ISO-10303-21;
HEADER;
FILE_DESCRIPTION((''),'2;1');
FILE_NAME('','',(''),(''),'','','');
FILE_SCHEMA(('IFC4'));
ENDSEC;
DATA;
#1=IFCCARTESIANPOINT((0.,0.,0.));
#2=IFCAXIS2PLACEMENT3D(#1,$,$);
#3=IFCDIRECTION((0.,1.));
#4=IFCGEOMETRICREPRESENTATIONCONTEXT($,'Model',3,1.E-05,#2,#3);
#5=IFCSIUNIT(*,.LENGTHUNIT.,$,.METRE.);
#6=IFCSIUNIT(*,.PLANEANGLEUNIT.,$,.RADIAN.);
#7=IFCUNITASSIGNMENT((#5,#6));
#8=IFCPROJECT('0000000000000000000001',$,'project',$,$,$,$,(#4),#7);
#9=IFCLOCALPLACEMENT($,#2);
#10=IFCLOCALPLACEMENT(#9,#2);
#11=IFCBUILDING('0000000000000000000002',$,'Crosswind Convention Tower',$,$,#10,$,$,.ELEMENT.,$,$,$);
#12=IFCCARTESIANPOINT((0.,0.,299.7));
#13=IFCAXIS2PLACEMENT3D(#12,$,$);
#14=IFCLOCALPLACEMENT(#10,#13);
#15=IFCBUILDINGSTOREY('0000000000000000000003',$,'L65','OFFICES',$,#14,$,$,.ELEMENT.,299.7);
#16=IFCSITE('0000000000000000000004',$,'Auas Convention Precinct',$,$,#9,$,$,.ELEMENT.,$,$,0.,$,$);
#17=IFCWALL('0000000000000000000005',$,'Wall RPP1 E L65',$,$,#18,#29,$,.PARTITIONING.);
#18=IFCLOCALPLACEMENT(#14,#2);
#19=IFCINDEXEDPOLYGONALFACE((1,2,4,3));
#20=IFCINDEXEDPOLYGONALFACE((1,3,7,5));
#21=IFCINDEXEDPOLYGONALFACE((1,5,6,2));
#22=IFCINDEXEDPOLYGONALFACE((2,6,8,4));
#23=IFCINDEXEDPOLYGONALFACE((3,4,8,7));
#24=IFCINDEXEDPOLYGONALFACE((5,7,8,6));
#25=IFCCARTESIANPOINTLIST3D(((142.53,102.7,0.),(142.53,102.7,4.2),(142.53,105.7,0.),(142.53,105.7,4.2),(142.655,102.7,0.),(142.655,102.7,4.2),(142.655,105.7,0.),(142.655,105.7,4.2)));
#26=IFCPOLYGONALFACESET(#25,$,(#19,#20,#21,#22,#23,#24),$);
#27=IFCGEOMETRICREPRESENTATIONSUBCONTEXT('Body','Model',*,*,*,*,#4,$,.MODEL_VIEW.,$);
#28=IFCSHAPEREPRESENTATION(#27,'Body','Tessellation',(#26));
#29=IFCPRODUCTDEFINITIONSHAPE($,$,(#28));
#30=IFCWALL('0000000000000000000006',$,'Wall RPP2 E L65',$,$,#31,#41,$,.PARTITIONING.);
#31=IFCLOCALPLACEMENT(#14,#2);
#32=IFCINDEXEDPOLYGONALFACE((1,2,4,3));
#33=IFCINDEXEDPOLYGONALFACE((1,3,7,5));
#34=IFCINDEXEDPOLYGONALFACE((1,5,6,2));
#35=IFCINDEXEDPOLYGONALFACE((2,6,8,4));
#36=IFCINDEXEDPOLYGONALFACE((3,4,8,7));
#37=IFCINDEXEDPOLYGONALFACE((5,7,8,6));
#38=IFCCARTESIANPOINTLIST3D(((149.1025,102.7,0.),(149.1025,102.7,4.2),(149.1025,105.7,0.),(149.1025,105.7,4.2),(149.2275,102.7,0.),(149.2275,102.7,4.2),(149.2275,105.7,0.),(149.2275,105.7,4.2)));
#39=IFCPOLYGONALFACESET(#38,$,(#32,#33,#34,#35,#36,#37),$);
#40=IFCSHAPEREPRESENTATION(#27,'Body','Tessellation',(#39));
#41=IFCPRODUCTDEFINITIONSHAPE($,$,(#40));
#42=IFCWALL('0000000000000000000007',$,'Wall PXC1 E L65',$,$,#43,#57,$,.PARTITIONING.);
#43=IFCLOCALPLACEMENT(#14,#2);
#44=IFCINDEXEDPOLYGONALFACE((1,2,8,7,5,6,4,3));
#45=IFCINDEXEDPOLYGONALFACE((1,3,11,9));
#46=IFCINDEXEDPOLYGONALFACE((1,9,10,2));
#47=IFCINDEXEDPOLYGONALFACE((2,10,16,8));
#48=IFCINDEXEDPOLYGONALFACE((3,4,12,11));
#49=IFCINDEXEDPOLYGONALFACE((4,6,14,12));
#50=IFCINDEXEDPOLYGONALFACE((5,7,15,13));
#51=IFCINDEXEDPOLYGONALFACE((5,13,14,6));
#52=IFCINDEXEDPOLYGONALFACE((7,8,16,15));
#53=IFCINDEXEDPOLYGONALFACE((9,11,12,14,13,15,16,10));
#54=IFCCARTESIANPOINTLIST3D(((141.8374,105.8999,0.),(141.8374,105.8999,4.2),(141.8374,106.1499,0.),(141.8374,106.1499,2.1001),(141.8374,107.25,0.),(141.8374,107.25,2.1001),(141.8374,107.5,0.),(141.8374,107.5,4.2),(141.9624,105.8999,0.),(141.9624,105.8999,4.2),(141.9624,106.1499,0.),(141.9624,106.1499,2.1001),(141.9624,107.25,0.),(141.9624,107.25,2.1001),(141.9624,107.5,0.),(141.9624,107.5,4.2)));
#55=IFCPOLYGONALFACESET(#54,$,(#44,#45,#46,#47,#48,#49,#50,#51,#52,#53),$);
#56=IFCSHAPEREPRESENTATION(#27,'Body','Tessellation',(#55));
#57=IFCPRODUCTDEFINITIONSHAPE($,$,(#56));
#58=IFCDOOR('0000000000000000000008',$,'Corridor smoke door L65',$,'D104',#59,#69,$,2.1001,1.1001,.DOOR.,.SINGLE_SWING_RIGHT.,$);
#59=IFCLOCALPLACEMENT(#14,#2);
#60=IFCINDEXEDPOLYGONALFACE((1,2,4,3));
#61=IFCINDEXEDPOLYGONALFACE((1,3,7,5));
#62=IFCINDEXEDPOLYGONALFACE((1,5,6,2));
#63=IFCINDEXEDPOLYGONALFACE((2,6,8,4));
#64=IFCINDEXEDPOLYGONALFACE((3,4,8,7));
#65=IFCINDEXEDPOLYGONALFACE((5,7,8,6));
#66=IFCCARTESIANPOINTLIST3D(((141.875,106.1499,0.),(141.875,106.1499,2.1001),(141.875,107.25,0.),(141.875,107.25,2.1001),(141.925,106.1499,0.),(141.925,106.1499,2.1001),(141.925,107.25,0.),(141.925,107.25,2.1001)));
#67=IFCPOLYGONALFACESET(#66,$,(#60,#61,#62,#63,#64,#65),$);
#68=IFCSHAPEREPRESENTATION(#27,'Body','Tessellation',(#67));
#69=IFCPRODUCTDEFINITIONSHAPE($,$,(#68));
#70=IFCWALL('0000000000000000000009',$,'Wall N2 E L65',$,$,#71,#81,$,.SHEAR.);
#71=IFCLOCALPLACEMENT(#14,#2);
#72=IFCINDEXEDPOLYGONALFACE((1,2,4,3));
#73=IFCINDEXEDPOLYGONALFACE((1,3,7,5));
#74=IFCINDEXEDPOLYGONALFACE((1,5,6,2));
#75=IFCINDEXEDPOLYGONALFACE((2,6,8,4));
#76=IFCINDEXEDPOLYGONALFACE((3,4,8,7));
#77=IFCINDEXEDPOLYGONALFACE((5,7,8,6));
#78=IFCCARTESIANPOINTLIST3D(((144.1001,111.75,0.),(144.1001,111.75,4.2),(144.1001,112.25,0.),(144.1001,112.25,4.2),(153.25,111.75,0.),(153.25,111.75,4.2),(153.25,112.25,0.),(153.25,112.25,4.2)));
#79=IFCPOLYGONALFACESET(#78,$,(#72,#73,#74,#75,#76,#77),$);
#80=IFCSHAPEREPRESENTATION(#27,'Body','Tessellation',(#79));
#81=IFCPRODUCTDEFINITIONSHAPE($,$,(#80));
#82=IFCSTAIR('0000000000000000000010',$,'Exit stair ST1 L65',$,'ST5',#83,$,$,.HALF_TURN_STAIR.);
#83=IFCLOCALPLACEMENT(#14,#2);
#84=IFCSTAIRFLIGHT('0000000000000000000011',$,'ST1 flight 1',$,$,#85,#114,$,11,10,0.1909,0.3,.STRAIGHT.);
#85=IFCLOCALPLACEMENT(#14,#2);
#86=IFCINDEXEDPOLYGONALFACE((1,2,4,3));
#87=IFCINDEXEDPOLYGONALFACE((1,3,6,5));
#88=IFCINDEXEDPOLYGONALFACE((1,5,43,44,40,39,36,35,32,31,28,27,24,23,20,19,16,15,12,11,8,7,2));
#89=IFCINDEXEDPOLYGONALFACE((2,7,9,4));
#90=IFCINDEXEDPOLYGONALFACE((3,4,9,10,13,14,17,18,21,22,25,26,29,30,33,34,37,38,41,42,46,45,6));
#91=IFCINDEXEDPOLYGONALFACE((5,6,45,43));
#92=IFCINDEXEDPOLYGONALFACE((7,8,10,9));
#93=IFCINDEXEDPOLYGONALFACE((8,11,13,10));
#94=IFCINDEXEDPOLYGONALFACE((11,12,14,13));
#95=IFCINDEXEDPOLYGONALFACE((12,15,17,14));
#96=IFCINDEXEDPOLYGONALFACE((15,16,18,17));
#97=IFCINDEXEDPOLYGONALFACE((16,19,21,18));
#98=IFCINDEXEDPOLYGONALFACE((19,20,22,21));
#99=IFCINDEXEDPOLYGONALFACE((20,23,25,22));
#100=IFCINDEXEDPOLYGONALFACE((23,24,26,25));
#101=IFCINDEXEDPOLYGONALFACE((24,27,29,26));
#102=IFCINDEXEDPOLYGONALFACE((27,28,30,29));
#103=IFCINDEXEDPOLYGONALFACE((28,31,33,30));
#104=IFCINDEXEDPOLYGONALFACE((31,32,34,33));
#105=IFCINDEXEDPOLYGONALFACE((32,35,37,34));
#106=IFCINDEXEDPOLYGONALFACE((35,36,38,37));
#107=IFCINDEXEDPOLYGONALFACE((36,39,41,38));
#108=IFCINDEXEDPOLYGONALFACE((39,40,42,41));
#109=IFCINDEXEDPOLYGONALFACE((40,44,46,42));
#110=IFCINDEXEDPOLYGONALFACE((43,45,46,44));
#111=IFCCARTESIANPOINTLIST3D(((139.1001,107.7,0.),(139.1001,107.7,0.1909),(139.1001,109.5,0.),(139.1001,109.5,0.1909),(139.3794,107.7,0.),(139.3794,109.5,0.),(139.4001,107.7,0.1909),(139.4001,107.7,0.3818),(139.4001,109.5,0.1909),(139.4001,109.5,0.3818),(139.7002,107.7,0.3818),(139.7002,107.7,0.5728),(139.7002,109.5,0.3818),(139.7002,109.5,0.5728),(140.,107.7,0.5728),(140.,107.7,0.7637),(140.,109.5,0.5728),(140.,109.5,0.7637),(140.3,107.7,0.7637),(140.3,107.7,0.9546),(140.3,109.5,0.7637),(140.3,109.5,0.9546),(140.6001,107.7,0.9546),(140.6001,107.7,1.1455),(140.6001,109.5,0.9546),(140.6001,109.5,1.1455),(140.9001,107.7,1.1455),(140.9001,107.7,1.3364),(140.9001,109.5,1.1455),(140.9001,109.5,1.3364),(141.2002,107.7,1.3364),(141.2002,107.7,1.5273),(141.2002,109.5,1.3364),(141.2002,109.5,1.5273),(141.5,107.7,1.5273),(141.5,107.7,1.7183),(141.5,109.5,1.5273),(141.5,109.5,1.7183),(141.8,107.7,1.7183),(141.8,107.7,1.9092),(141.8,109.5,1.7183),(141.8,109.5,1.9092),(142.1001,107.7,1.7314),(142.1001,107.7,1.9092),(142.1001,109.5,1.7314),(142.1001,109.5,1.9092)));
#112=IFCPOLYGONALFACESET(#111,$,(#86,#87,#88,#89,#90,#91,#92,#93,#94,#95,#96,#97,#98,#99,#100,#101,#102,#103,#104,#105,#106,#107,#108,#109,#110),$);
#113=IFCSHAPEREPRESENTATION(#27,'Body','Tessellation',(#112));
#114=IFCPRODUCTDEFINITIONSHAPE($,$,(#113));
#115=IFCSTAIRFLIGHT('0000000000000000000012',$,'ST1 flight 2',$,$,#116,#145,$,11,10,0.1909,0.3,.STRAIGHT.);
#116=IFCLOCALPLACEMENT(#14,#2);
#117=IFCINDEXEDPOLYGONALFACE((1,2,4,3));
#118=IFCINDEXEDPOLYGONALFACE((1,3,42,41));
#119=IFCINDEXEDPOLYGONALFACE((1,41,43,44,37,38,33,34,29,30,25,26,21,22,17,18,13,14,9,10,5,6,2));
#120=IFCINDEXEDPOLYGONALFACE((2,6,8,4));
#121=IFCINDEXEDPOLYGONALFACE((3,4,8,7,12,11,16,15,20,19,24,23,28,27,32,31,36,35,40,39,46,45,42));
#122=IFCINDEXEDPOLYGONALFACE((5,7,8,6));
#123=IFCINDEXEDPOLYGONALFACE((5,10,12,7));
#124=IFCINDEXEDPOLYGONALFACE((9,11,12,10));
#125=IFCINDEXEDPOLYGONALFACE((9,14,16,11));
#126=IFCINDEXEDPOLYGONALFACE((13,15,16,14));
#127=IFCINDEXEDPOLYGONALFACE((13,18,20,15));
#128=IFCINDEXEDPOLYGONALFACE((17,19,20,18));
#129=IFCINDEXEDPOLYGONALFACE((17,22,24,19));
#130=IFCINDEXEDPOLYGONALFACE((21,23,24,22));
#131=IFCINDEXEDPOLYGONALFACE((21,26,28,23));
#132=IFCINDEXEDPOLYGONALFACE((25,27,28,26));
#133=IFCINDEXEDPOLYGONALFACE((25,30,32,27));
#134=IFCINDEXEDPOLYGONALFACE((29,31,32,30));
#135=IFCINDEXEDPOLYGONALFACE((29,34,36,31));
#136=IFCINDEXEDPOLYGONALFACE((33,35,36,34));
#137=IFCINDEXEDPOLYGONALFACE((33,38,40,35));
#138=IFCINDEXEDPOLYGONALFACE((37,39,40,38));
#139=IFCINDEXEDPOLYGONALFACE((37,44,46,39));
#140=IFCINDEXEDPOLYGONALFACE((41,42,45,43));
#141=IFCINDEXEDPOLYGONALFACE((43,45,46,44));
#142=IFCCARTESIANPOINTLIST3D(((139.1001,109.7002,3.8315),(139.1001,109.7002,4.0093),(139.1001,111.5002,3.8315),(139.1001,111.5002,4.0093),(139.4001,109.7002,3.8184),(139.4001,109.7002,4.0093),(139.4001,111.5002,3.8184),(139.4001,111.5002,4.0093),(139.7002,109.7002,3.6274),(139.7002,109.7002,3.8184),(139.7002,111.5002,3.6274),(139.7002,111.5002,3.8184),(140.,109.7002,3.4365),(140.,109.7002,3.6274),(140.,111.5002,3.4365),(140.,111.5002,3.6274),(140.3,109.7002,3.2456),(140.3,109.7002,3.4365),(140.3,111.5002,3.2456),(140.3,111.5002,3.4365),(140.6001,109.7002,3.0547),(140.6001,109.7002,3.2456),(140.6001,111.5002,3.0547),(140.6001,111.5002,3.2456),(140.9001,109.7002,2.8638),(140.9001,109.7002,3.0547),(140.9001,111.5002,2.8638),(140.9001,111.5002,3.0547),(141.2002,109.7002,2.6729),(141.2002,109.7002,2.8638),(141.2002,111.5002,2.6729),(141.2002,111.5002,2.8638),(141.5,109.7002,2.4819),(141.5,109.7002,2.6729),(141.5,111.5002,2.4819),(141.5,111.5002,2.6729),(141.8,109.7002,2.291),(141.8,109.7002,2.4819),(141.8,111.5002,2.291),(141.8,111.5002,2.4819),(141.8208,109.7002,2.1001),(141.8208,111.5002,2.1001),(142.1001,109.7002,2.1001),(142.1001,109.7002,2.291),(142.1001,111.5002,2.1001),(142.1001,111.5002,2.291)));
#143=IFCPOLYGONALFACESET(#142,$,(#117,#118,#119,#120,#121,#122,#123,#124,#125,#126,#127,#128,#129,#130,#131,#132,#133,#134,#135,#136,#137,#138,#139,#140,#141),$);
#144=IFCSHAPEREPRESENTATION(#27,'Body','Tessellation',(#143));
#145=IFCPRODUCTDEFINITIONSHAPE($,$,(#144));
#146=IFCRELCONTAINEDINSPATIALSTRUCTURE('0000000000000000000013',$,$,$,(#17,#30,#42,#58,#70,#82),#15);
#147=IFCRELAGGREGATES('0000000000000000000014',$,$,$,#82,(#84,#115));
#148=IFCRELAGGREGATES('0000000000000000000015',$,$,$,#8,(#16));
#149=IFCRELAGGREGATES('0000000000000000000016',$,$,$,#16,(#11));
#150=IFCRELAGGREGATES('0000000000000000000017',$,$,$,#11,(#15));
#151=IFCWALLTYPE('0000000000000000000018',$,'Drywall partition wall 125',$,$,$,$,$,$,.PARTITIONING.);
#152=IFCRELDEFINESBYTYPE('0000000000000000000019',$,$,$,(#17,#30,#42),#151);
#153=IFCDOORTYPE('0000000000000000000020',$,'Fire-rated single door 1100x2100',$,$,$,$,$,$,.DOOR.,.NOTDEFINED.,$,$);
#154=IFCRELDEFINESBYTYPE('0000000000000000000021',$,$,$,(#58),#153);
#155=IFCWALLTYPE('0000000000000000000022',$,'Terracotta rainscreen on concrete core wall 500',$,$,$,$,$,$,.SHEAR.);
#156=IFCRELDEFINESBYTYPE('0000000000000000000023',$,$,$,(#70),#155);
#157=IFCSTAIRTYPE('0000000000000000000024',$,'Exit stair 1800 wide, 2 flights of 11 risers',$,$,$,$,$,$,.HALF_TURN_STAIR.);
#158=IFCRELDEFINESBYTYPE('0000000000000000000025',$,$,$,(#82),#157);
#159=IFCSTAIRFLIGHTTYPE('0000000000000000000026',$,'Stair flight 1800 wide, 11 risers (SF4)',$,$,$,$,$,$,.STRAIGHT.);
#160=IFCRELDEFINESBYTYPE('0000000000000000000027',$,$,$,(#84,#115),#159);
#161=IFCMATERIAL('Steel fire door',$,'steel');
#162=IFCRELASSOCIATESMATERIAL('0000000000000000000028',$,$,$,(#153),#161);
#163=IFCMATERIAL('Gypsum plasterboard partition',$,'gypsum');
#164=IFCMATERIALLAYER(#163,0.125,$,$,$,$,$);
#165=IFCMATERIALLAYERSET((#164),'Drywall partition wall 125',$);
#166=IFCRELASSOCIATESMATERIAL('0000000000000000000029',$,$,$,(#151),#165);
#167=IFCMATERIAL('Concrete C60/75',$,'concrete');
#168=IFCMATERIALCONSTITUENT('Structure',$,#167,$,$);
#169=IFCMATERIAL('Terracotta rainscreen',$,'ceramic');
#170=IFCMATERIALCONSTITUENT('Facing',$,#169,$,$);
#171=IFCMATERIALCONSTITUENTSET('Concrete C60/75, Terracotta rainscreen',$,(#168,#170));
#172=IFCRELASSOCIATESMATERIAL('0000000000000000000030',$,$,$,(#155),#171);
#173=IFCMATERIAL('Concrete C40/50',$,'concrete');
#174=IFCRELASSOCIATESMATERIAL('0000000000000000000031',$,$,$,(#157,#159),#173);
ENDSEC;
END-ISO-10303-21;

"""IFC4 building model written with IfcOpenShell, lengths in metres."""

from ifc_helpers import new_model, si_unit, direction, frame, frame_2d, origin, place, context, subcontext, project, spatial, polyline, rectangle, outline, extrude, material, layer, layer_set, constituent, constituent_set, type_object, element, fill, aggregate, save


model = new_model("IFC4")

# Units and contexts
model_context = context("Model", 3, precision=1e-05, world=origin(), true_north=direction((0.0, 1.0)))
body_context = subcontext(model_context, "Body", "Model", "MODEL_VIEW")
ifc_project = project(units=[si_unit("LENGTHUNIT", "METRE"), si_unit("PLANEANGLEUNIT", "RADIAN")], contexts=[model_context])

# Site, building, storey
site_placement = place(None, origin())
site = spatial("IfcSite", under=ifc_project, at=site_placement, Name="Auas Convention Precinct", CompositionType="ELEMENT", RefElevation=0.0)
building_placement = place(site_placement, origin())
building = spatial("IfcBuilding", under=site, at=building_placement, Name="Crosswind Convention Tower", CompositionType="ELEMENT")
storey_placement = place(building_placement, frame((0.0, 0.0, 299.7)))
storey = spatial("IfcBuildingStorey", under=building, at=storey_placement, Name="L65", Description="OFFICES", CompositionType="ELEMENT", Elevation=299.7)

# Shared definitions
ifc_material_1 = material(Name="Steel fire door", Category="steel")
door_type_1 = type_object("IfcDoorType", Name="Fire-rated single door 1100x2100", OperationType="NOTDEFINED", PredefinedType="DOOR", material=ifc_material_1)

# Walls
ifc_material_2 = material(Name="Gypsum plasterboard partition", Category="gypsum")
ifc_layer_1 = layer(ifc_material_2, 0.125)
ifc_layer_set_1 = layer_set([ifc_layer_1], Name="Drywall partition wall 125")
wall_type_1 = type_object("IfcWallType", Name="Drywall partition wall 125", PredefinedType="PARTITIONING", material=ifc_layer_set_1)
for number, where, z_axis, x_axis, name in (
    (1, (142.5925, 102.7, 0.0), (0.0, 0.0, 1.0), (0.0, 1.0, 0.0), "Wall RPP1 E L65"),
    (2, (149.165, 102.7, 0.0), (0.0, 0.0, 1.0), (0.0, 1.0, 0.0), "Wall RPP2 E L65"),
):
    element("IfcWall", number, at=place(storey_placement, frame(where, z_axis=z_axis, x_axis=x_axis)), inside=storey, type_object=wall_type_1, Name=name, PredefinedType="PARTITIONING", context=body_context, shape_type="SweptSolid", body=[
        extrude(rectangle(XDim=3.0, YDim=0.125, at=frame_2d((1.5, 0.0))), origin(), (0.0, 0.0, 1.0), 4.2),
    ])

# Wall, opening, door
wall_1_placement = place(storey_placement, frame((141.8999, 105.8999, 0.0), z_axis=(0.0, 0.0, 1.0), x_axis=(0.0, 1.0, 0.0)))
wall_1 = element("IfcWall", 3, at=wall_1_placement, inside=storey, type_object=wall_type_1, Name="Wall PXC1 E L65", PredefinedType="PARTITIONING", context=body_context, shape_type="SweptSolid", body=[
    extrude(rectangle(XDim=1.6001, YDim=0.125, at=frame_2d((0.8, 0.0))), origin(), (0.0, 0.0, 1.0), 4.2),
])
opening_1_placement = place(wall_1_placement, frame((0.25, 0.0, 0.0)))
opening_1 = element("IfcOpeningElement", 4, at=opening_1_placement, cuts=wall_1, PredefinedType="OPENING", context=body_context, shape_type="SweptSolid", body=[
    extrude(rectangle(XDim=1.1001, YDim=2.1001, at=frame_2d((0.55, 1.05))), frame((0.0, 0.0725, 0.0), z_axis=(0.0, -1.0, 0.0), x_axis=(1.0, 0.0, 0.0)), (0.0, 0.0, 1.0), 0.145),
])
door_1_placement = place(opening_1_placement, origin())
door_1 = element("IfcDoor", 5, at=door_1_placement, inside=storey, type_object=door_type_1, Name="Corridor smoke door L65", ObjectType="D104", OperationType="SINGLE_SWING_RIGHT", OverallHeight=2.1001, OverallWidth=1.1001, PredefinedType="DOOR", context=body_context, shape_type="SweptSolid", body=[
    extrude(rectangle(XDim=1.1001, YDim=2.1001, at=frame_2d((0.55, 1.05))), frame((0.0, 0.0249, 0.0), z_axis=(0.0, -1.0, 0.0), x_axis=(1.0, 0.0, 0.0)), (0.0, 0.0, 1.0), 0.05),
])
fill(opening_1, door_1)

# Wall
ifc_material_3 = material(Name="Concrete C60/75", Category="concrete")
ifc_constituent_1 = constituent(ifc_material_3, Name="Structure")
ifc_material_4 = material(Name="Terracotta rainscreen", Category="ceramic")
ifc_constituent_2 = constituent(ifc_material_4, Name="Facing")
ifc_constituent_set = constituent_set(constituents=[ifc_constituent_1, ifc_constituent_2], Name="Concrete C60/75, Terracotta rainscreen")
wall_type_2 = type_object("IfcWallType", Name="Terracotta rainscreen on concrete core wall 500", PredefinedType="SHEAR", material=ifc_constituent_set)
wall_2_placement = place(storey_placement, frame((144.1001, 112.0, 0.0), z_axis=(0.0, 0.0, 1.0), x_axis=(1.0, 0.0, 0.0)))
element("IfcWall", 6, at=wall_2_placement, inside=storey, type_object=wall_type_2, Name="Wall N2 E L65", PredefinedType="SHEAR", context=body_context, shape_type="SweptSolid", body=[
    extrude(rectangle(XDim=9.1499, YDim=0.5, at=frame_2d((4.575, 0.0))), origin(), (0.0, 0.0, 1.0), 4.2),
])

# Stair, stair flights
ifc_material_5 = material(Name="Concrete C40/50", Category="concrete")
stair_type = type_object("IfcStairType", Name="Exit stair 1800 wide, 2 flights of 11 risers", PredefinedType="HALF_TURN_STAIR", material=ifc_material_5)
stair_placement = place(storey_placement, origin())
stair = element("IfcStair", 7, at=stair_placement, inside=storey, type_object=stair_type, Name="Exit stair ST1 L65", ObjectType="ST5", PredefinedType="HALF_TURN_STAIR")
stair_flight_type = type_object("IfcStairFlightType", Name="Stair flight 1800 wide, 11 risers (SF4)", PredefinedType="STRAIGHT", material=ifc_material_5)
stair_flight_1_placement = place(storey_placement, frame((139.1001, 108.6001, 0.0), z_axis=(0.0, 0.0, 1.0), x_axis=(1.0, 0.0, 0.0)))
stair_flight_1 = element("IfcStairFlight", 8, at=stair_flight_1_placement, type_object=stair_flight_type, Name="ST1 flight 1", NumberOfRisers=11, NumberOfTreads=10, PredefinedType="STRAIGHT", RiserHeight=0.1909, TreadLength=0.3, context=body_context, shape_type="SweptSolid", body=[
    extrude(outline(polyline([(0.0, 0.0), (0.0, 0.1909), (0.3, 0.1909), (0.3, 0.3818), (0.6001, 0.3818), (0.6001, 0.5728), (0.8999, 0.5728), (0.8999, 0.7637), (1.2, 0.7637), (1.2, 0.9546), (1.5, 0.9546), (1.5, 1.1455), (1.8, 1.1455), (1.8, 1.3364), (2.1001, 1.3364), (2.1001, 1.5273), (2.3999, 1.5273), (2.3999, 1.7183), (2.7, 1.7183), (2.7, 1.9092), (3.0, 1.9092), (3.0, 2.1001), (3.0, 1.7314), (0.2793, 0.0), (0.0, 0.0)])), frame((0.0, 0.8999, 0.0), z_axis=(0.0, -1.0, 0.0), x_axis=(1.0, 0.0, 0.0)), (0.0, 0.0, 1.0), 1.8),
])
stair_flight_2_placement = place(storey_placement, frame((142.1001, 110.6001, 2.1001), z_axis=(0.0, 0.0, 1.0), x_axis=(-1.0, 0.0, 0.0)))
stair_flight_2 = element("IfcStairFlight", 9, at=stair_flight_2_placement, type_object=stair_flight_type, Name="ST1 flight 2", NumberOfRisers=11, NumberOfTreads=10, PredefinedType="STRAIGHT", RiserHeight=0.1909, TreadLength=0.3, context=body_context, shape_type="SweptSolid", body=[
    extrude(outline(polyline([(0.0, 0.0), (0.0, 0.1909), (0.3, 0.1909), (0.3, 0.3818), (0.6001, 0.3818), (0.6001, 0.5728), (0.8999, 0.5728), (0.8999, 0.7637), (1.2, 0.7637), (1.2, 0.9546), (1.5, 0.9546), (1.5, 1.1455), (1.8, 1.1455), (1.8, 1.3364), (2.1001, 1.3364), (2.1001, 1.5273), (2.3999, 1.5273), (2.3999, 1.7183), (2.7, 1.7183), (2.7, 1.9092), (3.0, 1.9092), (3.0, 2.1001), (3.0, 1.7314), (0.2793, 0.0), (0.0, 0.0)])), frame((0.0, 0.8999, 0.0), z_axis=(0.0, -1.0, 0.0), x_axis=(1.0, 0.0, 0.0)), (0.0, 0.0, 1.0), 1.8),
])
aggregate(stair, [stair_flight_1, stair_flight_2])

save(model, "model.ifc")
